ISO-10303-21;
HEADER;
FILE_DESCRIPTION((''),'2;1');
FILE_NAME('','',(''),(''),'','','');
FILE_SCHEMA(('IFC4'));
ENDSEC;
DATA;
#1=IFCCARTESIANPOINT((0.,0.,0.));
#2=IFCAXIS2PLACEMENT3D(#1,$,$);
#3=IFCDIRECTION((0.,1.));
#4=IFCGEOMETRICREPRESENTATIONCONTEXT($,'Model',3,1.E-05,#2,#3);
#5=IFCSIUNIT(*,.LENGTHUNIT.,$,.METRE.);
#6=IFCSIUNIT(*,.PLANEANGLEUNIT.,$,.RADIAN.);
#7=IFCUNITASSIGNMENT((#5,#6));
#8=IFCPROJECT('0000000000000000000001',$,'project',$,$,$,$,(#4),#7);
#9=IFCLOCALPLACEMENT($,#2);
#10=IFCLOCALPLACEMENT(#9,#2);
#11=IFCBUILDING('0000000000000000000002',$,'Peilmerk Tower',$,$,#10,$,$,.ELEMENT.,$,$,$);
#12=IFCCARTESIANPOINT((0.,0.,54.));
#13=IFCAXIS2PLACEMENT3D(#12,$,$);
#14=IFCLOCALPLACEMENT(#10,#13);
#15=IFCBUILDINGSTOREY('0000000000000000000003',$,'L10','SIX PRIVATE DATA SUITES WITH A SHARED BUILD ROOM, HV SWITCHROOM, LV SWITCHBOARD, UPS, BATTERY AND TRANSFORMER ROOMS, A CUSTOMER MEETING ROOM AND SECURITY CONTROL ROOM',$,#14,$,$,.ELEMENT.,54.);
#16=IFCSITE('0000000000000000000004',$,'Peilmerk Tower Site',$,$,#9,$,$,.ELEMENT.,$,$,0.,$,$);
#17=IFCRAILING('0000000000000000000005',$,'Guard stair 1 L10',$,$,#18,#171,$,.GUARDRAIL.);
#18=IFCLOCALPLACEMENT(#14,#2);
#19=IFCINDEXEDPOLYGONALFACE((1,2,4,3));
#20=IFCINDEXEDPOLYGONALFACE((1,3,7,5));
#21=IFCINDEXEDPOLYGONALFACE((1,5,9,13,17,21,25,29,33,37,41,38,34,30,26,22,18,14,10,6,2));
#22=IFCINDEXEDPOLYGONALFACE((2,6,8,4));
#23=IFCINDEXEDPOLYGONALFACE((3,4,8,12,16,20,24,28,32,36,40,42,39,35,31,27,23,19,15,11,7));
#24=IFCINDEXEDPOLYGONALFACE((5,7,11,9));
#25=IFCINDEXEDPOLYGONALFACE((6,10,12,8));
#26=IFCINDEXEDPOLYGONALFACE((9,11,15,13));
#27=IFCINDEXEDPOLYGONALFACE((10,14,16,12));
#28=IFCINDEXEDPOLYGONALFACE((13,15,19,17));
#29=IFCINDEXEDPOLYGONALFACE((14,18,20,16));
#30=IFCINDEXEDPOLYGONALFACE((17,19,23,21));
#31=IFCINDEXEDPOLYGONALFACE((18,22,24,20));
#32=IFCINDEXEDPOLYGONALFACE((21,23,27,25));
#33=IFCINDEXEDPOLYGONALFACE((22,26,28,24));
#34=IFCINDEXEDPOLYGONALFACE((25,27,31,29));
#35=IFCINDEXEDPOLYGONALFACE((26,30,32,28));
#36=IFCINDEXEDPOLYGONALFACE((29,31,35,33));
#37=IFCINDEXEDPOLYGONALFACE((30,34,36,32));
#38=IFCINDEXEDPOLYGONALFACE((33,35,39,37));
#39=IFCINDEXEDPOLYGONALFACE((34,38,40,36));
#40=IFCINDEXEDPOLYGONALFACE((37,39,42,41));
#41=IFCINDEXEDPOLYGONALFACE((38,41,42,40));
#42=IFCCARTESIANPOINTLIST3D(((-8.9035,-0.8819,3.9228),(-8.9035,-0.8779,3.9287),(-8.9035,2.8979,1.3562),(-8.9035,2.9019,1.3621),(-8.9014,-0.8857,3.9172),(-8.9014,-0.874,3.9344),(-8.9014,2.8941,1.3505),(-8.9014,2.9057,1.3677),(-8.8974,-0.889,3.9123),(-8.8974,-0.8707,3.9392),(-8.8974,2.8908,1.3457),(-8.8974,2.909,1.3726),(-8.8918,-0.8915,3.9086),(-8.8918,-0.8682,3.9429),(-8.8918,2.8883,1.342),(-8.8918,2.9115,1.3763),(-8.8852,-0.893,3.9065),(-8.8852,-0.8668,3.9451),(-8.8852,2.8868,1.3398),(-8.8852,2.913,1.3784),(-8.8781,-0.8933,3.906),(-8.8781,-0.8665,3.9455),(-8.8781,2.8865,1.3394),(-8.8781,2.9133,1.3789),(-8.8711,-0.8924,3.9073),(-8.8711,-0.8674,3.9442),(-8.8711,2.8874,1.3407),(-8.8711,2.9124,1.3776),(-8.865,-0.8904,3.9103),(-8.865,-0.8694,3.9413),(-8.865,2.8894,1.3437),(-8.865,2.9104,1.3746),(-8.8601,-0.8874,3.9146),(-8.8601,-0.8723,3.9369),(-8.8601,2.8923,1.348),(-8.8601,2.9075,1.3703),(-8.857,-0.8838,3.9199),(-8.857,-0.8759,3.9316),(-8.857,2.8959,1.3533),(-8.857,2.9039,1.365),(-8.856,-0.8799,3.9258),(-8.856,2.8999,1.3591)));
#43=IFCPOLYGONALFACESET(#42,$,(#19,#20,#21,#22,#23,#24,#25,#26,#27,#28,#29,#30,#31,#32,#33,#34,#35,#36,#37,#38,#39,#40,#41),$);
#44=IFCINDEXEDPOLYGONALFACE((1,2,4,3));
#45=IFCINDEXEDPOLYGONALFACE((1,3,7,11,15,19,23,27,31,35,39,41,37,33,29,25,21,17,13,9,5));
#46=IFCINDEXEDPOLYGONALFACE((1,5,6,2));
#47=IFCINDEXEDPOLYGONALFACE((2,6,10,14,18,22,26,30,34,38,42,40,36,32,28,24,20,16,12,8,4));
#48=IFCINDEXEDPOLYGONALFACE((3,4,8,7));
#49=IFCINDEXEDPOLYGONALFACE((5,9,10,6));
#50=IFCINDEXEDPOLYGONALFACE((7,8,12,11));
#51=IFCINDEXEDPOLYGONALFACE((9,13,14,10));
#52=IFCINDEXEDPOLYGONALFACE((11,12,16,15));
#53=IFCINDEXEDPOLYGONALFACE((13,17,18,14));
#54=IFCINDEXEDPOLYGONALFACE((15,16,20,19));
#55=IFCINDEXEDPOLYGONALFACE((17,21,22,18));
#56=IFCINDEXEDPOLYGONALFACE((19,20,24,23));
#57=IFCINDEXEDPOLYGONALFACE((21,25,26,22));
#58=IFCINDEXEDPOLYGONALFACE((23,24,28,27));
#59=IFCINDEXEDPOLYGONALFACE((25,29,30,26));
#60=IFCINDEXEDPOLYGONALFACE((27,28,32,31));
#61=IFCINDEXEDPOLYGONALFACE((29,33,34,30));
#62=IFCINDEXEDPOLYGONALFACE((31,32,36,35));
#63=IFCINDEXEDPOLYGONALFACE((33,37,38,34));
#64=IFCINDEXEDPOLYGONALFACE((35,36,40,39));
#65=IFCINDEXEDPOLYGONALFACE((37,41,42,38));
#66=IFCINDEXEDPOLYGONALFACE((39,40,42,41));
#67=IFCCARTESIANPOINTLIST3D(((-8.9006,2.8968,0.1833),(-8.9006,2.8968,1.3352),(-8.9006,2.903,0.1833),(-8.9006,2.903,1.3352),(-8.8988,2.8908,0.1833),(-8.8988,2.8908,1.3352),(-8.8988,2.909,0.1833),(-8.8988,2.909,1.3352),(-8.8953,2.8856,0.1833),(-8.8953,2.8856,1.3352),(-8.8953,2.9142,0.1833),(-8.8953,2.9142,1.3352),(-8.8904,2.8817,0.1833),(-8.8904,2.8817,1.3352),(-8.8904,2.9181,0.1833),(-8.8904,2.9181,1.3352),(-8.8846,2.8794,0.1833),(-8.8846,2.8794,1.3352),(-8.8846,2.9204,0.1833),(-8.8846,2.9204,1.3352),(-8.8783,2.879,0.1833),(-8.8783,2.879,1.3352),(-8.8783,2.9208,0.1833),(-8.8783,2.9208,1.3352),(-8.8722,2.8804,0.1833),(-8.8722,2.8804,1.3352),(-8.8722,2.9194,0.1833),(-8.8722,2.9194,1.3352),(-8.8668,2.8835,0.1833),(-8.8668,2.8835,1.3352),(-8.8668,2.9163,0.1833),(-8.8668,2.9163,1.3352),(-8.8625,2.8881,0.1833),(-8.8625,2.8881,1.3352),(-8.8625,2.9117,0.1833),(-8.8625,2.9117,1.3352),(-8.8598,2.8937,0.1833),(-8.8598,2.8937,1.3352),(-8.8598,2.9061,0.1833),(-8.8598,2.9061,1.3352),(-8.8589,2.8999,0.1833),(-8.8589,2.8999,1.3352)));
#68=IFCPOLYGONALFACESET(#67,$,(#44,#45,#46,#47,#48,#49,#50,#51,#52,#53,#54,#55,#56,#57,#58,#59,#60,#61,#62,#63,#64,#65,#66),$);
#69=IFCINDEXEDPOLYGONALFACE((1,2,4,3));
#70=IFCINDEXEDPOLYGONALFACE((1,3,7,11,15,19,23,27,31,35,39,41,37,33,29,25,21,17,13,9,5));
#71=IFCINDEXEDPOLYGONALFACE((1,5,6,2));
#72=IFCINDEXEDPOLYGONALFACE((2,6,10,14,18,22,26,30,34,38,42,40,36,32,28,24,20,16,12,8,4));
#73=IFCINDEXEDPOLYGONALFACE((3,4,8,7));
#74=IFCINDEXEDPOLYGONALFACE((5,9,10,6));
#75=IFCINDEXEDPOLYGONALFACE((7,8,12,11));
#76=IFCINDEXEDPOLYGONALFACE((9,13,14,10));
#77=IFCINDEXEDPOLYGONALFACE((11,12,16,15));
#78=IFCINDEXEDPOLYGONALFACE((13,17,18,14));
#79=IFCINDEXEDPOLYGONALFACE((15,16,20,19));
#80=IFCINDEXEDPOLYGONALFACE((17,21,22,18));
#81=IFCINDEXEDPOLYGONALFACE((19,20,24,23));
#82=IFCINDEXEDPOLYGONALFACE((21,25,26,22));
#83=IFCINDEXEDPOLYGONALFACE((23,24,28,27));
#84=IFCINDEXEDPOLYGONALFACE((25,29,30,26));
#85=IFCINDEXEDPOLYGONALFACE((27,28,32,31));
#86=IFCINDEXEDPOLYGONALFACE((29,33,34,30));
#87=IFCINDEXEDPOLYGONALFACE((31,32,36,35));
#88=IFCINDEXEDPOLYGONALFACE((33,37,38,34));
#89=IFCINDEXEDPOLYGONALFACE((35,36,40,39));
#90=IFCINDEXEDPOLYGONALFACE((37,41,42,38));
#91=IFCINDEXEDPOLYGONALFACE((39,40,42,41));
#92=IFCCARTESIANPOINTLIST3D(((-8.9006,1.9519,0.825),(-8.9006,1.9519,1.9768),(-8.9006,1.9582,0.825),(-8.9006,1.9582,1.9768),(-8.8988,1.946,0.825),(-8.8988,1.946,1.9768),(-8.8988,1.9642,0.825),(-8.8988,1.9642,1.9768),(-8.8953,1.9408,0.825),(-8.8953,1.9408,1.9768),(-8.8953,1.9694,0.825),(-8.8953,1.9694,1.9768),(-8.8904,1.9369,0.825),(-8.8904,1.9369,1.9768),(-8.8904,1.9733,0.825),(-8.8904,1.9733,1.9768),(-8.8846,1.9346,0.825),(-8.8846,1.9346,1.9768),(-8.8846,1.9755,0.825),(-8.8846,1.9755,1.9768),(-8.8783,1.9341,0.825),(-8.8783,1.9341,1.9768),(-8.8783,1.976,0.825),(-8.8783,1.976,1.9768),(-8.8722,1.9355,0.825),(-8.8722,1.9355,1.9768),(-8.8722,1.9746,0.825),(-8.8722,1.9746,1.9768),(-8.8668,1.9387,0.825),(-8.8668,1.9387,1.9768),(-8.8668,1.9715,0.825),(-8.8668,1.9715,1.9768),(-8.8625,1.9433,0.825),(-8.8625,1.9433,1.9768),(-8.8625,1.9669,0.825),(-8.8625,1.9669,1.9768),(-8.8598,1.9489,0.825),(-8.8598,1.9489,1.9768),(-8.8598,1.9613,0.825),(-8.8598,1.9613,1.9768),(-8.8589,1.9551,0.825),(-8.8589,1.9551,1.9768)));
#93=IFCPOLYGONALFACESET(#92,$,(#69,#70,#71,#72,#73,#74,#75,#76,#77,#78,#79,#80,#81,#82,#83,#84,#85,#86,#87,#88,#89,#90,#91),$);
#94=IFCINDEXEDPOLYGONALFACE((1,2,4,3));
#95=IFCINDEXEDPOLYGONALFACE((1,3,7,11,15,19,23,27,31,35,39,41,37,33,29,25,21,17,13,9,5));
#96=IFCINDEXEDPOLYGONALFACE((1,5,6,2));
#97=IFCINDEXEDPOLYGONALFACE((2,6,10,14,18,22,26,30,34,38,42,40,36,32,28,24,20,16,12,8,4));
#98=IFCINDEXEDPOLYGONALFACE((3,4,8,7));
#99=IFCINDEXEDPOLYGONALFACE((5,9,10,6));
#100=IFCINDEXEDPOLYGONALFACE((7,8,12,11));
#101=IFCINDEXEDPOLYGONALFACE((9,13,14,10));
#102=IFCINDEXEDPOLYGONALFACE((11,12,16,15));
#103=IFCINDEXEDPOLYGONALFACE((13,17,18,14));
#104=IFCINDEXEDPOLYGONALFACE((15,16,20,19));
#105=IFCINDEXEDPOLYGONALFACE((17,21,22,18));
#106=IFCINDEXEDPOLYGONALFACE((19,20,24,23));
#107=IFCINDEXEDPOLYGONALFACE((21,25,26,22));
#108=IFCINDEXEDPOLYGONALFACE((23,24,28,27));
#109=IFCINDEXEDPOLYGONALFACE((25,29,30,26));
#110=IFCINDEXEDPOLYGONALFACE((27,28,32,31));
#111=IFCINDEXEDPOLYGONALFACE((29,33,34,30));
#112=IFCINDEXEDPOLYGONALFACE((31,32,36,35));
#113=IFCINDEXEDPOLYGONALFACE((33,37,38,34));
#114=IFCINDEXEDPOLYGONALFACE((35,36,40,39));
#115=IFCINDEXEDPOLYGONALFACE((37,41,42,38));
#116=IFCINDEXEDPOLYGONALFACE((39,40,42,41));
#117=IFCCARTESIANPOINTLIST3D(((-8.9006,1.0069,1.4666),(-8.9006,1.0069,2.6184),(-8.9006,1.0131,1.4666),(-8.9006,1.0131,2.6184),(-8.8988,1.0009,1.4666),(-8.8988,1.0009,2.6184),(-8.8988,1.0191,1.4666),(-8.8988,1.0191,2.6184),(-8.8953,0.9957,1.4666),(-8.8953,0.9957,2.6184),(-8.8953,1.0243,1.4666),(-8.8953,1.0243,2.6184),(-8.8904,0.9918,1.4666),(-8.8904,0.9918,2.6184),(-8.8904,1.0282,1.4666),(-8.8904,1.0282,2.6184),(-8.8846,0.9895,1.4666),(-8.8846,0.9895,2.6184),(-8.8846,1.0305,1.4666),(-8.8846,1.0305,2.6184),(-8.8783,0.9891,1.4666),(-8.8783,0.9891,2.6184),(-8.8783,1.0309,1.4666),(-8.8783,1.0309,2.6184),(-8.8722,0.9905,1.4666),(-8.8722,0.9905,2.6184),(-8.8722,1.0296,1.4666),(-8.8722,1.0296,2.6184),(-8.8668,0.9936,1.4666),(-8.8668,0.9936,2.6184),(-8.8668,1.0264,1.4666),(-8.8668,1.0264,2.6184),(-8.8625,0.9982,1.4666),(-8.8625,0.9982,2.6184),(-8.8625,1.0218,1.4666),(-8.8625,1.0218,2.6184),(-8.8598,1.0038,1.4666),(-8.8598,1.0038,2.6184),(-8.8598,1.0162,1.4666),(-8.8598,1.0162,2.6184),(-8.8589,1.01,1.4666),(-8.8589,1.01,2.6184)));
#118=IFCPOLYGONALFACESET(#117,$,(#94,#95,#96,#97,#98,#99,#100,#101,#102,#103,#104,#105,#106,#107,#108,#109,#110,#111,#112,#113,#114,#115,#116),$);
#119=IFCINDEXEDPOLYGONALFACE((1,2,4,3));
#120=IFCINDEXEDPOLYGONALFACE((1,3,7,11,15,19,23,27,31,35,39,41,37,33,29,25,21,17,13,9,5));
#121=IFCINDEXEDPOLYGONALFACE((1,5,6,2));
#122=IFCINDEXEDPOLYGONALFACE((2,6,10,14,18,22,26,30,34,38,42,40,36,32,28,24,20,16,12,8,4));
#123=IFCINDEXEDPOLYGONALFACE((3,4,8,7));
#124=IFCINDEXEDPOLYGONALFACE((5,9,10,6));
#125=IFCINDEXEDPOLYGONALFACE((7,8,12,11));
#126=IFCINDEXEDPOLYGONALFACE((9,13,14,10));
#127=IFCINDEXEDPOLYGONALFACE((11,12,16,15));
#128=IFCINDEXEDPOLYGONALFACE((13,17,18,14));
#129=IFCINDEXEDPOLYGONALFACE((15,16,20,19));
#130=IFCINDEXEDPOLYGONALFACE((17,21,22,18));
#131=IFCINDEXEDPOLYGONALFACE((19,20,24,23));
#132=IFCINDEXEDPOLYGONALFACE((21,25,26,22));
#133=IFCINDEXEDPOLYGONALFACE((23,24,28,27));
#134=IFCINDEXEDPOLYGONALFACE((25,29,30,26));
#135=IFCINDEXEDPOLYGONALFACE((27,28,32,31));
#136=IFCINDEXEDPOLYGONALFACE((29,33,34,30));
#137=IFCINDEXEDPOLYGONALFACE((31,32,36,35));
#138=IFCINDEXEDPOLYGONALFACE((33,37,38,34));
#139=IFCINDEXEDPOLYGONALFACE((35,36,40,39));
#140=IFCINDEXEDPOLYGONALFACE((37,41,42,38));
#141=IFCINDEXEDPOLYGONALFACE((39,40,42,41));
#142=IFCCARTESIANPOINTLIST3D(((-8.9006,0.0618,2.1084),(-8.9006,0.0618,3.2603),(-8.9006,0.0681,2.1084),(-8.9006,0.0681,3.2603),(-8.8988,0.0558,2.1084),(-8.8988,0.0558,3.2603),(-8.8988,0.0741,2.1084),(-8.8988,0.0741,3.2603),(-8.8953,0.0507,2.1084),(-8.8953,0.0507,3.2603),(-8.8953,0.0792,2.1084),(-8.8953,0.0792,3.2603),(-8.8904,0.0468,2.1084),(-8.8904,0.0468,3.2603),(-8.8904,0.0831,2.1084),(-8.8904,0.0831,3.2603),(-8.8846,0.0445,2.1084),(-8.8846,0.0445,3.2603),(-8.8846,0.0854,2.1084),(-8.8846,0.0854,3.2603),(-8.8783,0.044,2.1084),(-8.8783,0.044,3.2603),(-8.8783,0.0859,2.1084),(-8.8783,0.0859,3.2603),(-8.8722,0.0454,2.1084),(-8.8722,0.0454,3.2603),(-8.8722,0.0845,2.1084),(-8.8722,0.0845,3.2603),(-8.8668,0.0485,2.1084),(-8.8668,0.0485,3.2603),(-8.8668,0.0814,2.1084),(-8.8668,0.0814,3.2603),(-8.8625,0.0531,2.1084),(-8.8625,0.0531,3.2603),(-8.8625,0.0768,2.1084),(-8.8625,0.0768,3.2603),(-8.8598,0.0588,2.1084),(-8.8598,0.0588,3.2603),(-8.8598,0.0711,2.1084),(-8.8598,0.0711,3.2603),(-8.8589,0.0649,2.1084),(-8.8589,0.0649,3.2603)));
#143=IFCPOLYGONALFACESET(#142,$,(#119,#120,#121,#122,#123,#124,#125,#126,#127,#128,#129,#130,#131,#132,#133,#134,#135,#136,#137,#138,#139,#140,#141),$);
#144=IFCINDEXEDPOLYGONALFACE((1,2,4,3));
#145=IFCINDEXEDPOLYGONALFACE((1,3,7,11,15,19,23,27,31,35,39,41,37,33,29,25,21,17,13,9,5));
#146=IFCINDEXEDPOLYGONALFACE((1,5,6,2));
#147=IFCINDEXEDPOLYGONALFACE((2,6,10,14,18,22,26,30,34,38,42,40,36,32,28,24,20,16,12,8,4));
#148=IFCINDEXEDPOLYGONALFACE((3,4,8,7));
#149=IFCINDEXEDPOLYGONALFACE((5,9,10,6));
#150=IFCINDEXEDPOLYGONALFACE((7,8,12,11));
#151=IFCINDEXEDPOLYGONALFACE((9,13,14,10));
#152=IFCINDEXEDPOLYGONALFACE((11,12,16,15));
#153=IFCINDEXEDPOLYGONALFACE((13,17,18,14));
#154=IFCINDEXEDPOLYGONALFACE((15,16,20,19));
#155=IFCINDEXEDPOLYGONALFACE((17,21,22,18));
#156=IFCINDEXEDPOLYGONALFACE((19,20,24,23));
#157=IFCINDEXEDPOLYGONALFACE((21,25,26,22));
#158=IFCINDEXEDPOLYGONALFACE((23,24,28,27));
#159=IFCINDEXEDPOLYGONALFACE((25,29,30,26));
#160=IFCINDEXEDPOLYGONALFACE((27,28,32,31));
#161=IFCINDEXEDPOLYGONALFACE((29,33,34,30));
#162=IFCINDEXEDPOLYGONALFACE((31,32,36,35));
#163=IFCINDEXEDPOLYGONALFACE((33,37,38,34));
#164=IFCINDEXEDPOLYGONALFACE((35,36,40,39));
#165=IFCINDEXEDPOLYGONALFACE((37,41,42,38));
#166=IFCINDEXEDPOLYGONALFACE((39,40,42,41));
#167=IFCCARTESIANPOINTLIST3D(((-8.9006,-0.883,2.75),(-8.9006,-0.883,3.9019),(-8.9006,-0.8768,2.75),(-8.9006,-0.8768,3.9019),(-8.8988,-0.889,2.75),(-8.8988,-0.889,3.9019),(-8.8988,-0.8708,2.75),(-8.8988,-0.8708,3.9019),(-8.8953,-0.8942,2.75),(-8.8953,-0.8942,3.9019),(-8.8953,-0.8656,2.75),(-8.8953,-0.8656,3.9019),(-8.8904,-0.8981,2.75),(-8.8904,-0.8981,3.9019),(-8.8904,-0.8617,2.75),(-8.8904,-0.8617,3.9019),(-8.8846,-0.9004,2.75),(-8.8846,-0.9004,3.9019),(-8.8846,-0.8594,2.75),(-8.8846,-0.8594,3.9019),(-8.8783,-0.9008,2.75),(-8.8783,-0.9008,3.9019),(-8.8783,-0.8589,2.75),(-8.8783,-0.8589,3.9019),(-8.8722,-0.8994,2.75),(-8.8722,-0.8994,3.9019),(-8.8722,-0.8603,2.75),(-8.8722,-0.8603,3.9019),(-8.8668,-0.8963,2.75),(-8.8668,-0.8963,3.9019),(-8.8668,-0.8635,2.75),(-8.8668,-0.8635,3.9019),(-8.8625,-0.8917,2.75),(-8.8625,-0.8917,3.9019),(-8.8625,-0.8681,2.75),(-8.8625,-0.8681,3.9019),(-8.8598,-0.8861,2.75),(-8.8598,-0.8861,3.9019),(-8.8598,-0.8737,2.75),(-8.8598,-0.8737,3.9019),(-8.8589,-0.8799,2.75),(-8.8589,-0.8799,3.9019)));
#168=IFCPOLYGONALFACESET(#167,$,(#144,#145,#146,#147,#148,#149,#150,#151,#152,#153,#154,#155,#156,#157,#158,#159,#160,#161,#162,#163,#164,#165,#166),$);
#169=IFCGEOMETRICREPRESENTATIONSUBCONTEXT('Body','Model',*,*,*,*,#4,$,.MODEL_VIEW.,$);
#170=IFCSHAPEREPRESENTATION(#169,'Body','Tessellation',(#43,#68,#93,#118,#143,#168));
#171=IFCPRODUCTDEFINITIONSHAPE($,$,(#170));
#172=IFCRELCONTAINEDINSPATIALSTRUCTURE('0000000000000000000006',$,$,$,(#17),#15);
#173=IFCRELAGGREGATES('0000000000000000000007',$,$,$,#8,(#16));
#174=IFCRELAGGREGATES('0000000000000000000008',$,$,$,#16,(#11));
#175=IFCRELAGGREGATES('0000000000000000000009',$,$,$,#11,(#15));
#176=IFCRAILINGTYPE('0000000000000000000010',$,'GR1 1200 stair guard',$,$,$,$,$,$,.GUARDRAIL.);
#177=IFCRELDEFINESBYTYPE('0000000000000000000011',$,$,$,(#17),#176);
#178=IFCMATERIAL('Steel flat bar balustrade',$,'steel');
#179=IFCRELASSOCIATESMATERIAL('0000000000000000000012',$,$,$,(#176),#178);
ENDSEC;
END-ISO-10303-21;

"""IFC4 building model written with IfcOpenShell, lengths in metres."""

from ifc_helpers import new_model, si_unit, direction, frame, origin, origin_2d, place, context, subcontext, project, spatial, circle, extrude, material, type_object, element, save


model = new_model("IFC4")

# Units and contexts
model_context = context("Model", 3, precision=1e-05, world=origin(), true_north=direction((0.0, 1.0)))
body_context = subcontext(model_context, "Body", "Model", "MODEL_VIEW")
ifc_project = project(units=[si_unit("LENGTHUNIT", "METRE"), si_unit("PLANEANGLEUNIT", "RADIAN")], contexts=[model_context])

# Site, building, storey
site_placement = place(None, origin())
site = spatial("IfcSite", under=ifc_project, at=site_placement, Name="Peilmerk Tower Site", CompositionType="ELEMENT", RefElevation=0.0)
building_placement = place(site_placement, origin())
building = spatial("IfcBuilding", under=site, at=building_placement, Name="Peilmerk Tower", CompositionType="ELEMENT")
storey_placement = place(building_placement, frame((0.0, 0.0, 54.0)))
storey = spatial("IfcBuildingStorey", under=building, at=storey_placement, Name="L10", Description="SIX PRIVATE DATA SUITES WITH A SHARED BUILD ROOM, HV SWITCHROOM, LV SWITCHBOARD, UPS, BATTERY AND TRANSFORMER ROOMS, A CUSTOMER MEETING ROOM AND SECURITY CONTROL ROOM", CompositionType="ELEMENT", Elevation=54.0)

# Railing
ifc_material_1 = material(Name="Steel flat bar balustrade", Category="steel")
railing_type_1 = type_object("IfcRailingType", Name="GR1 1200 stair guard", PredefinedType="GUARDRAIL", material=ifc_material_1)
railing_1_placement = place(storey_placement, frame((-8.8799, 2.8999, 0.1833)))
element("IfcRailing", 1, at=railing_1_placement, inside=storey, type_object=railing_type_1, Name="Guard stair 1 L10", PredefinedType="GUARDRAIL", context=body_context, shape_type="SweptSolid", body=[
    extrude(circle(Radius=0.0239, at=origin_2d()), frame((0.0, 0.0, 1.1758), z_axis=(0.0, -0.827293, 0.561771), x_axis=(1.0, 0.0, 0.0)), (0.0, 0.0, 1.0), 4.5688),
    extrude(circle(Radius=0.021, at=origin_2d()), origin(), (0.0, 0.0, 1.0), 1.1519),
    extrude(circle(Radius=0.021, at=origin_2d()), frame((0.0, -0.9448, 0.6416)), (0.0, 0.0, 1.0), 1.1519),
    extrude(circle(Radius=0.021, at=origin_2d()), frame((0.0, -1.8899, 1.2832)), (0.0, 0.0, 1.0), 1.1519),
    extrude(circle(Radius=0.021, at=origin_2d()), frame((0.0, -2.835, 1.925)), (0.0, 0.0, 1.0), 1.1519),
    extrude(circle(Radius=0.021, at=origin_2d()), frame((0.0, -3.7798, 2.5667)), (0.0, 0.0, 1.0), 1.1519),
])

save(model, "model.ifc")
